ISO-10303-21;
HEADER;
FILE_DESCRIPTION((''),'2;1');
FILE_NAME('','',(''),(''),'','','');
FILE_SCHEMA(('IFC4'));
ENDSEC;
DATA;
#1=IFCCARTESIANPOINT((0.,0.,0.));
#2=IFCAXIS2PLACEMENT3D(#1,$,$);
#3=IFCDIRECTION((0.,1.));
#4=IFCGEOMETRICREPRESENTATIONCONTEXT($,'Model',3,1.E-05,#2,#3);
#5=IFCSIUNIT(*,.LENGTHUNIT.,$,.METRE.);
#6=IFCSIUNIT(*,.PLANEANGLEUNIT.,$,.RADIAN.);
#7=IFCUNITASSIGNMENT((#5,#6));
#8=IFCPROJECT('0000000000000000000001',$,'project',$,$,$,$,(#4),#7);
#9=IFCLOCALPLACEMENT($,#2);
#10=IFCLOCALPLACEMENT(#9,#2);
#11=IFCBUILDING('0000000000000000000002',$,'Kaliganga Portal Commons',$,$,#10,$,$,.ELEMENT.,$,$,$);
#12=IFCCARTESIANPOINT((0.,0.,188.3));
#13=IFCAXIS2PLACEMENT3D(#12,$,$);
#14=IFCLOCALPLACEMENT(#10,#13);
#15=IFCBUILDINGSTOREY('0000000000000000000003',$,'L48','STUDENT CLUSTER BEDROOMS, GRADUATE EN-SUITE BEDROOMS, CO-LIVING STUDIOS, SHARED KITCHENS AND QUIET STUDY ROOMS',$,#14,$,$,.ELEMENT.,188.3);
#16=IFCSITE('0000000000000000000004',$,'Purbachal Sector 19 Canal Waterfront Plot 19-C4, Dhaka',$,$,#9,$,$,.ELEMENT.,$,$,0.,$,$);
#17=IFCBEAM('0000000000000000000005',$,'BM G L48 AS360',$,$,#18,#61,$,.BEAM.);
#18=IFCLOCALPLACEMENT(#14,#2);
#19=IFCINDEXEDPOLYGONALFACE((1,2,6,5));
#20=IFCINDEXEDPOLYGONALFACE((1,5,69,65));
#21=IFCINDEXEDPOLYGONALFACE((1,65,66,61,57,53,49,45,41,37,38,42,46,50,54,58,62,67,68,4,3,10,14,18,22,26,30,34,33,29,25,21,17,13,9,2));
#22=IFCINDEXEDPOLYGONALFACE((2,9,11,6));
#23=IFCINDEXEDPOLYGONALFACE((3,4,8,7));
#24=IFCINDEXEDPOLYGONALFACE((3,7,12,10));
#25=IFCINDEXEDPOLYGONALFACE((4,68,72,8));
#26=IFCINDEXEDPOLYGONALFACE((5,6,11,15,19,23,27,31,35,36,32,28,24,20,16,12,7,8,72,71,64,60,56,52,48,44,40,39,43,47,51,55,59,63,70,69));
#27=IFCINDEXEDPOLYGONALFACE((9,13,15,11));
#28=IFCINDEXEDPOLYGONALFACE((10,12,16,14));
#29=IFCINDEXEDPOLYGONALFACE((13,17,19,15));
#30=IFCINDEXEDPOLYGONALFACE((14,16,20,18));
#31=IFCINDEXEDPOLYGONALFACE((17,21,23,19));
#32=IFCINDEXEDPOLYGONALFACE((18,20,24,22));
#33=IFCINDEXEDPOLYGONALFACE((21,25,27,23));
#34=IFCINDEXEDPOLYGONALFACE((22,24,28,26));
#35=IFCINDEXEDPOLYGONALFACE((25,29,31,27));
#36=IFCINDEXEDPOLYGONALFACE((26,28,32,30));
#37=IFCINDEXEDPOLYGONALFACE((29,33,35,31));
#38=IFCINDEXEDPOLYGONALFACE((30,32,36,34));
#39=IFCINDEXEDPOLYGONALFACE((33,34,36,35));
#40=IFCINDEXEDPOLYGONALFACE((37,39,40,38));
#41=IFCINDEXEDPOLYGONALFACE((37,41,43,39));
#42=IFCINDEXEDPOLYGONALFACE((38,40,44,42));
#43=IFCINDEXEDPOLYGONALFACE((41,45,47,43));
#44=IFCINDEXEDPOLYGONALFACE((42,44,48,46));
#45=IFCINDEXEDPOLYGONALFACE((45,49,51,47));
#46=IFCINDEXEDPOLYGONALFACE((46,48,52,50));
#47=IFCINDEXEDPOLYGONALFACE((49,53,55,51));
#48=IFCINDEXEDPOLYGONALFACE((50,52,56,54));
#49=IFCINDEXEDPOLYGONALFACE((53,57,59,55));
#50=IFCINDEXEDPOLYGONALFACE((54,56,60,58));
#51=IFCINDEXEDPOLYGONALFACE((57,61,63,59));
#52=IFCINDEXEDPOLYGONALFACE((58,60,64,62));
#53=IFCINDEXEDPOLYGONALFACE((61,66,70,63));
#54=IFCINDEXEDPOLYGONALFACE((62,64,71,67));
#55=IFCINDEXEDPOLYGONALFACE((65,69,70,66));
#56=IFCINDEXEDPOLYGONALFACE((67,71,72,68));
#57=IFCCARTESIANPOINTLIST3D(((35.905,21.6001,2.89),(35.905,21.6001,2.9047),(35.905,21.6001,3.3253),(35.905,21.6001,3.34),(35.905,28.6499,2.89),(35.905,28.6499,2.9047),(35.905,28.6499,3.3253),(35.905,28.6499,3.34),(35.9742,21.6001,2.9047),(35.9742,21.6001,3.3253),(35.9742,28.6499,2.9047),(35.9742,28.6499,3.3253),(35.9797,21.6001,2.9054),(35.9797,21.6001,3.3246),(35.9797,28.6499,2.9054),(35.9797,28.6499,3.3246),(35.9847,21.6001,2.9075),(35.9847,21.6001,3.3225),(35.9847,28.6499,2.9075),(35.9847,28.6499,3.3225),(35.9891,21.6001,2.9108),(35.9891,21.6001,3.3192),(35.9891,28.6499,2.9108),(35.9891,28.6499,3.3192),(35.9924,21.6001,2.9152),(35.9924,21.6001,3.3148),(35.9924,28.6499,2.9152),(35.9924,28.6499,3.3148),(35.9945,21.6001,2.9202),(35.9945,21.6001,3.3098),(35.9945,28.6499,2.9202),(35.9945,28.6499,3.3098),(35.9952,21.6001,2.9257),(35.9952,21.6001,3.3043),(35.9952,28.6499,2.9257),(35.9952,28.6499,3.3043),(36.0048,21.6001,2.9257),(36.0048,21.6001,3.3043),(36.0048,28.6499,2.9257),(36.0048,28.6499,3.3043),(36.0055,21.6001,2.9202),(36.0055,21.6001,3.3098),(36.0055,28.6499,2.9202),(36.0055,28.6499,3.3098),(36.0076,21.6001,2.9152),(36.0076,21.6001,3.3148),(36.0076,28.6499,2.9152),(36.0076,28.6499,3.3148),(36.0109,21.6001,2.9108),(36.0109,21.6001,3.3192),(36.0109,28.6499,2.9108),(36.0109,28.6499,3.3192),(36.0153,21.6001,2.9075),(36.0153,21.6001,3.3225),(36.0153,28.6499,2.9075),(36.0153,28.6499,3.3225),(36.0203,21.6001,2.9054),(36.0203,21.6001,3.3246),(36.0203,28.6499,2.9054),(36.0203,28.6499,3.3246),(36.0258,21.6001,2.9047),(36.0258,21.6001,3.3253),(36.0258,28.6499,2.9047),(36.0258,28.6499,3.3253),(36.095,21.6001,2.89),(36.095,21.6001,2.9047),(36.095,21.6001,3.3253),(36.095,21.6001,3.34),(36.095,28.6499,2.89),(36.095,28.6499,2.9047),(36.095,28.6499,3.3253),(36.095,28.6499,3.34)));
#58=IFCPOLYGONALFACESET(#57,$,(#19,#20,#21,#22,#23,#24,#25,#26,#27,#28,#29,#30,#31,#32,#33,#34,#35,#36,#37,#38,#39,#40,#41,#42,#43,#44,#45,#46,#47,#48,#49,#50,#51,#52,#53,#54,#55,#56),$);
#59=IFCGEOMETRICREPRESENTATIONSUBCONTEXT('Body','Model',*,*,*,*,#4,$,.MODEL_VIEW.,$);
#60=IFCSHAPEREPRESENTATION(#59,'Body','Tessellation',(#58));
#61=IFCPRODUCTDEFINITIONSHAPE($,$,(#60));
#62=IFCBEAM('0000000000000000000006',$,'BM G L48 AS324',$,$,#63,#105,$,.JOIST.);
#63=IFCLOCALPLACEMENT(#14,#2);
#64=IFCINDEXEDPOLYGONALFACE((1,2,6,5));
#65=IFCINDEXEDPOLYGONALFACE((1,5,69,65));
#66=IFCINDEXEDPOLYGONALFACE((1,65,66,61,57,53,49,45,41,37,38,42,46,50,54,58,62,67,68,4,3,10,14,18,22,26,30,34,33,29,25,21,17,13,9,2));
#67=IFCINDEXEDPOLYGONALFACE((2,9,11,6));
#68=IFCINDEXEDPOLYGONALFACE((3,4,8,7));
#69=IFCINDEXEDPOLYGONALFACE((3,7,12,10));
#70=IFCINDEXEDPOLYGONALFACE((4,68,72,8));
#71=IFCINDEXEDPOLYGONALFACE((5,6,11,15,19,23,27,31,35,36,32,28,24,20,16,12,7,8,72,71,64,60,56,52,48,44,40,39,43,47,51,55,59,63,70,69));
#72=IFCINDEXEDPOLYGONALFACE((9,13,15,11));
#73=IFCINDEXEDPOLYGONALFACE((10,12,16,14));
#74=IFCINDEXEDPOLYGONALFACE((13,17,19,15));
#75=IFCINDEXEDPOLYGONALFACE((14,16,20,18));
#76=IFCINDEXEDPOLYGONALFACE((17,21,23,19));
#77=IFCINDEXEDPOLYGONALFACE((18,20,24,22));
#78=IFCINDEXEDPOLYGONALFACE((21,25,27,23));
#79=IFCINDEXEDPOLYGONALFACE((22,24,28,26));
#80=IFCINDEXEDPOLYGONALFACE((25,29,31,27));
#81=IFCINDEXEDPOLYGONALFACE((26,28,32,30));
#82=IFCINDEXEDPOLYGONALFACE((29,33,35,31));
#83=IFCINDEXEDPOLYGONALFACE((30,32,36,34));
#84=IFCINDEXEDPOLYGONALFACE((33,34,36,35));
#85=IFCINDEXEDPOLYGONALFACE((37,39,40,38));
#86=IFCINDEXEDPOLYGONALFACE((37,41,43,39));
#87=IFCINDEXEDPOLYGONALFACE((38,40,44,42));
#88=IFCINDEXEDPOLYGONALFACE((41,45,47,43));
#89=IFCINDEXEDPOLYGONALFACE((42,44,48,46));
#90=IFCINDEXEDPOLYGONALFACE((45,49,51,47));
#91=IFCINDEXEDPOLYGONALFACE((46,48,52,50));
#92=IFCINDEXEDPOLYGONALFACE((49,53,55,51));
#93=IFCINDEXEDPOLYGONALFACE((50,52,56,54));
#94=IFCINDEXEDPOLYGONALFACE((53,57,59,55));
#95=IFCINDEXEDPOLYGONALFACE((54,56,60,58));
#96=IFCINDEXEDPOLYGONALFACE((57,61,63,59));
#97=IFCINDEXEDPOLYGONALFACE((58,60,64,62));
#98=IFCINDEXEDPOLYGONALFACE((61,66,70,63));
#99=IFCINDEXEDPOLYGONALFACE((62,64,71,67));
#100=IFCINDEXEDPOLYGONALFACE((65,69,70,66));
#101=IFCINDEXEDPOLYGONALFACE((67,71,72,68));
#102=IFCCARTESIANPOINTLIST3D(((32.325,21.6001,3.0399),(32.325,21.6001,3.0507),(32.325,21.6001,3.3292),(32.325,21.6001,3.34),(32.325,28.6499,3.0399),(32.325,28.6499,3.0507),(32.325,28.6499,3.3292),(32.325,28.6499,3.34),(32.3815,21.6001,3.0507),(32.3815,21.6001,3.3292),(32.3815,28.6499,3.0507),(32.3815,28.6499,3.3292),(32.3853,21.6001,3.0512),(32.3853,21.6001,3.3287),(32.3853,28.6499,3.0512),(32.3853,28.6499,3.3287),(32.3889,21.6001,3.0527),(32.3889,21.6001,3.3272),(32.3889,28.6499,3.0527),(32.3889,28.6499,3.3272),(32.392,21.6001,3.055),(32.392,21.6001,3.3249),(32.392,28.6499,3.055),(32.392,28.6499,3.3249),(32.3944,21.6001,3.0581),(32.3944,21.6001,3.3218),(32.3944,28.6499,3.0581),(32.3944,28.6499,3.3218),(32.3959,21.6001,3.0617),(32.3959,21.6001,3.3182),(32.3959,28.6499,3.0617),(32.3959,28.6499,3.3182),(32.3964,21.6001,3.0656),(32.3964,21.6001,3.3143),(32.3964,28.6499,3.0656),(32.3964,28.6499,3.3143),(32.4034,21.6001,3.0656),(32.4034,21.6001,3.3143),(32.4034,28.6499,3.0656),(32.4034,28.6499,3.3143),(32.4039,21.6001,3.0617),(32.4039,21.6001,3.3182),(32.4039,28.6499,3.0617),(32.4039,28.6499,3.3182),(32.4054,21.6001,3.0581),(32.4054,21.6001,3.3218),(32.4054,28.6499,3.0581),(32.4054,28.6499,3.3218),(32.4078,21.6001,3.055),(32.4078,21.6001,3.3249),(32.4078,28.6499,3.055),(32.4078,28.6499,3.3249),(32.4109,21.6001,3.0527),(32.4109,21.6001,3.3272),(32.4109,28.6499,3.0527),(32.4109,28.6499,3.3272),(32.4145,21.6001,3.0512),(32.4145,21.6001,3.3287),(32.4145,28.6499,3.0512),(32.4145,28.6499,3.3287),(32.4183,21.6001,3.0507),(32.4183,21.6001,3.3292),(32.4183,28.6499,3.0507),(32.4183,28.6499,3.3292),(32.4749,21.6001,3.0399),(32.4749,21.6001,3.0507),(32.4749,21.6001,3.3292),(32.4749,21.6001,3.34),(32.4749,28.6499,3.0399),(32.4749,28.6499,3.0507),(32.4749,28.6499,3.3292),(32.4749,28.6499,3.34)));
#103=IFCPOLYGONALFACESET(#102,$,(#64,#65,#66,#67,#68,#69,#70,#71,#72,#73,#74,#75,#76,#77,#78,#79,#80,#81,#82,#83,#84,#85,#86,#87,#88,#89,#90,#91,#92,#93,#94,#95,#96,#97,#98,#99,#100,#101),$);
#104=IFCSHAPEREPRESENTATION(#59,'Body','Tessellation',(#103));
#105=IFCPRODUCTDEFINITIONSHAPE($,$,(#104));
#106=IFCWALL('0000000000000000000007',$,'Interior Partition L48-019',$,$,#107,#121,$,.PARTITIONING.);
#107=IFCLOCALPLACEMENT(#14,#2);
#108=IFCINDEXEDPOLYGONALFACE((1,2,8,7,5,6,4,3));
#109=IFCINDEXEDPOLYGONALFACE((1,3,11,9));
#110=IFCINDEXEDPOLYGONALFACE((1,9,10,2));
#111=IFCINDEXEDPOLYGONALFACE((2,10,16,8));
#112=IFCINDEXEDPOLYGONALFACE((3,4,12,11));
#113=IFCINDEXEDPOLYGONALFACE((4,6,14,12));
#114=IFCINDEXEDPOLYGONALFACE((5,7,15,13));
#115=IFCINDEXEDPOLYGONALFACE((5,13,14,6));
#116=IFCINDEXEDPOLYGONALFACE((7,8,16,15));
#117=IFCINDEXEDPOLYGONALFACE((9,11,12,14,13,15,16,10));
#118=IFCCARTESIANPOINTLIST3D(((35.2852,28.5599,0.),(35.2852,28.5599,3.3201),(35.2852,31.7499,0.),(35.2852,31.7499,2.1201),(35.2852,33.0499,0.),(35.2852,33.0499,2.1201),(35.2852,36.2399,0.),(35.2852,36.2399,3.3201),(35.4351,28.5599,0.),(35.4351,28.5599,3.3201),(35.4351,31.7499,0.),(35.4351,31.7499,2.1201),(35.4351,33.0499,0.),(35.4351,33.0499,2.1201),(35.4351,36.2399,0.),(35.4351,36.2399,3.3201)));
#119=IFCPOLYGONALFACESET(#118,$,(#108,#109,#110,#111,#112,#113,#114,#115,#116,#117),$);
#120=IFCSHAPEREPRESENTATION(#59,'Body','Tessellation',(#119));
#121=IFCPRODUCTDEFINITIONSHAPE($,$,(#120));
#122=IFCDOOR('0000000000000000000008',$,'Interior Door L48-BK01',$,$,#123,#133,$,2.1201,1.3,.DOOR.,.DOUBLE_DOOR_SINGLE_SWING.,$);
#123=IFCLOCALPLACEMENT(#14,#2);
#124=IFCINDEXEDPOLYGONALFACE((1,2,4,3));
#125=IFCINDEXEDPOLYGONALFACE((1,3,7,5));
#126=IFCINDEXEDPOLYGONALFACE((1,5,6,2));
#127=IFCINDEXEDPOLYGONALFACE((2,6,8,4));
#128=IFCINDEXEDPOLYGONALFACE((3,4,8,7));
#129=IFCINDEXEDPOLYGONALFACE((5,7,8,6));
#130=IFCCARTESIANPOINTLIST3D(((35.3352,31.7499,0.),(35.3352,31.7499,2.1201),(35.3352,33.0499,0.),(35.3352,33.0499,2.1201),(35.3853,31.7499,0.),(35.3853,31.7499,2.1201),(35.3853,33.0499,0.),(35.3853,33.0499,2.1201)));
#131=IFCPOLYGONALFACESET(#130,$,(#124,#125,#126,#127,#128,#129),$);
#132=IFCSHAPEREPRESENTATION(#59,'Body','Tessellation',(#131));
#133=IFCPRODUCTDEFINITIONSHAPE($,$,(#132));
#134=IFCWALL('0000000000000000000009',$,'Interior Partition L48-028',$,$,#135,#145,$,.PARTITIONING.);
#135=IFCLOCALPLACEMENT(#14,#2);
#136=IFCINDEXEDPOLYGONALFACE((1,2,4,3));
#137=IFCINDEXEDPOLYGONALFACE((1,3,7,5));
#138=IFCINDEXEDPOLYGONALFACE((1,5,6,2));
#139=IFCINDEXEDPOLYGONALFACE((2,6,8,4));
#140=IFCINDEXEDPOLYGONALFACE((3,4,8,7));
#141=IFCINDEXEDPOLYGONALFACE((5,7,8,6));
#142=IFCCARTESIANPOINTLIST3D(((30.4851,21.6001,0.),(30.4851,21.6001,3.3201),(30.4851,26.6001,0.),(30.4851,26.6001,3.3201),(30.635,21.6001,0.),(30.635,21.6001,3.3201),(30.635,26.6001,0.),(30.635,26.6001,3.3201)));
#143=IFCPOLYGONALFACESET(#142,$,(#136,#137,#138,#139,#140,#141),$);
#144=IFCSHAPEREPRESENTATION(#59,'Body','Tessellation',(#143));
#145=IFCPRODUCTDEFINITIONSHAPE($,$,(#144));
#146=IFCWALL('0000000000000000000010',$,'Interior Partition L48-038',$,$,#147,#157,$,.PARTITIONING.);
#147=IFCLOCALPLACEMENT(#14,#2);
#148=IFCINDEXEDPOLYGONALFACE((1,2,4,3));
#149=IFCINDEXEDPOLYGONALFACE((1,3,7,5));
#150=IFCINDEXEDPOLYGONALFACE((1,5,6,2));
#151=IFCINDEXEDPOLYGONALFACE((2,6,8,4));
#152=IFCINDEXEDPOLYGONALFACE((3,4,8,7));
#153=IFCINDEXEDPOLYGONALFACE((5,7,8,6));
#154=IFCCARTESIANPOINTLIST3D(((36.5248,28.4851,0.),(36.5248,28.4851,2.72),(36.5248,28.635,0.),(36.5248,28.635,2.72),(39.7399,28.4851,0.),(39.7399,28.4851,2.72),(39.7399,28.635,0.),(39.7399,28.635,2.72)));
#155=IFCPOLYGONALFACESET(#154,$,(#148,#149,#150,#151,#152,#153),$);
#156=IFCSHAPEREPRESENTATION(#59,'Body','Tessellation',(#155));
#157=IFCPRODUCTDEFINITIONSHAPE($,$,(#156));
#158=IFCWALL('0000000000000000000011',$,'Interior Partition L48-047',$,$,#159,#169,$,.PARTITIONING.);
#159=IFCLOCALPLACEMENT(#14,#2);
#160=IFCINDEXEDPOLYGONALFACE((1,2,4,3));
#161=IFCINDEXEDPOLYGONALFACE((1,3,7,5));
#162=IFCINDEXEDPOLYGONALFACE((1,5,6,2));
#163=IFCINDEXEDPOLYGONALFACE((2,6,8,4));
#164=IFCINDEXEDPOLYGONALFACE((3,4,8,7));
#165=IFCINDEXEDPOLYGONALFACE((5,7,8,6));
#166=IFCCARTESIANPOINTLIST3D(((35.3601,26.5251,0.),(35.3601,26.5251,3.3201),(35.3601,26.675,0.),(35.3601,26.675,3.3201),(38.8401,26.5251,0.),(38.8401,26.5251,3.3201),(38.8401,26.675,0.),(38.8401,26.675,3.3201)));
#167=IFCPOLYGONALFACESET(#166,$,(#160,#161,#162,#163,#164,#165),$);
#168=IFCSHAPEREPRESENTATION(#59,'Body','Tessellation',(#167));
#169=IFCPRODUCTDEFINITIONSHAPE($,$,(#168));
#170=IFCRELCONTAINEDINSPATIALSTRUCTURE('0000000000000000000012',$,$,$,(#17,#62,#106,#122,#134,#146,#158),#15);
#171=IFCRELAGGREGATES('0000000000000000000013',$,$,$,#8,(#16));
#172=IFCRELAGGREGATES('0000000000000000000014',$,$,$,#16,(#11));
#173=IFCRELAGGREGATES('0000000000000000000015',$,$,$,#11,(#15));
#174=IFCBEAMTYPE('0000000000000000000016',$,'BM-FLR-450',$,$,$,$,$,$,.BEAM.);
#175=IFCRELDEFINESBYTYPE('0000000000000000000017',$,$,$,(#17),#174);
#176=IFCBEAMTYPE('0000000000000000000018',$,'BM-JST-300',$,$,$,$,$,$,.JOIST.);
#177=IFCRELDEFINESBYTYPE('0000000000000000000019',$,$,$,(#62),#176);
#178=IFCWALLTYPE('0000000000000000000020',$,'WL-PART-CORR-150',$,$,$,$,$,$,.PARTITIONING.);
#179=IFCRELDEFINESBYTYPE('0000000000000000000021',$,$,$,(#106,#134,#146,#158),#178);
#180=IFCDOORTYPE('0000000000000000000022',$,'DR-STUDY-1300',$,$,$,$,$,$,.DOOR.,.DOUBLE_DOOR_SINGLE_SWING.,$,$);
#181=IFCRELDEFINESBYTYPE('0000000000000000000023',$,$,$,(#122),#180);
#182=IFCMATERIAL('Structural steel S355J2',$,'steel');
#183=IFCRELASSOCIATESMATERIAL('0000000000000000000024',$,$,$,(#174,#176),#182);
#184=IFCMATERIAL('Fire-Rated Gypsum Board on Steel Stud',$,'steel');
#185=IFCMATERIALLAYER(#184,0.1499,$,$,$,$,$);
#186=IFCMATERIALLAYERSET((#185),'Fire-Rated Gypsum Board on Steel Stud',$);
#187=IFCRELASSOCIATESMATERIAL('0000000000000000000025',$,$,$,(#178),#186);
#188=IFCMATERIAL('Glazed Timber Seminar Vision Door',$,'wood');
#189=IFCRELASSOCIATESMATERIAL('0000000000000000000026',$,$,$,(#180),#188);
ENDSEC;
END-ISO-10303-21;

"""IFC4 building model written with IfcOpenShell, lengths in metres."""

from ifc_helpers import new_model, si_unit, direction, frame, frame_2d, origin, origin_2d, place, context, subcontext, project, spatial, rectangle, i_section, extrude, source, transform, mapped, material, layer, layer_set, material_profile, profile_set, type_object, element, fill, save


model = new_model("IFC4")

# Units and contexts
model_context = context("Model", 3, precision=1e-05, world=origin(), true_north=direction((0.0, 1.0)))
body_context = subcontext(model_context, "Body", "Model", "MODEL_VIEW")
ifc_project = project(units=[si_unit("LENGTHUNIT", "METRE"), si_unit("PLANEANGLEUNIT", "RADIAN")], contexts=[model_context])

# Site, building, storey
site_placement = place(None, origin())
site = spatial("IfcSite", under=ifc_project, at=site_placement, Name="Purbachal Sector 19 Canal Waterfront Plot 19-C4, Dhaka", CompositionType="ELEMENT", RefElevation=0.0)
building_placement = place(site_placement, origin())
building = spatial("IfcBuilding", under=site, at=building_placement, Name="Kaliganga Portal Commons", CompositionType="ELEMENT")
storey_placement = place(building_placement, frame((0.0, 0.0, 188.3)))
storey = spatial("IfcBuildingStorey", under=building, at=storey_placement, Name="L48", Description="STUDENT CLUSTER BEDROOMS, GRADUATE EN-SUITE BEDROOMS, CO-LIVING STUDIOS, SHARED KITCHENS AND QUIET STUDY ROOMS", CompositionType="ELEMENT", Elevation=188.3)

# Beams
ifc_material_1 = material(Name="Structural steel S355J2", Category="steel")
ifc_material_profile_1 = material_profile(ifc_material_1, i_section(OverallWidth=0.1899, OverallDepth=0.45, WebThickness=0.0095, FlangeThickness=0.0146, FilletRadius=0.021, at=origin_2d()), Name="IPE 450")
ifc_profile_set_1 = profile_set([ifc_material_profile_1], Name="Structural steel S355J2 wide-flange")
beam_type_1 = type_object("IfcBeamType", Name="BM-FLR-450", PredefinedType="BEAM", material=ifc_profile_set_1)
shared_shape_1 = source(origin(), body_context, "Body", "SweptSolid", [
    extrude(i_section(OverallWidth=0.1899, OverallDepth=0.45, WebThickness=0.0095, FlangeThickness=0.0146, FilletRadius=0.021, at=origin_2d()), origin(), (0.0, 0.0, 1.0), 7.0498),
])
beam_1_placement = place(storey_placement, frame((36.0, 21.6001, 3.115), z_axis=(0.0, 1.0, 0.0), x_axis=(-1.0, 0.0, 0.0)))
element("IfcBeam", 1, at=beam_1_placement, inside=storey, type_object=beam_type_1, Name="BM G L48 AS360", PredefinedType="BEAM", context=body_context, shape_type="MappedRepresentation", body=[
    mapped(shared_shape_1, transform((0.0, 0.0, 0.0), x_axis=(1.0, 0.0, 0.0), y_axis=(0.0, 1.0, 0.0), z_axis=(0.0, 0.0, 1.0), scale=1.0)),
])
ifc_material_profile_2 = material_profile(ifc_material_1, i_section(OverallWidth=0.1499, OverallDepth=0.3, WebThickness=0.0071, FlangeThickness=0.0107, FilletRadius=0.0149, at=origin_2d()), Name="IPE 300")
ifc_profile_set_2 = profile_set([ifc_material_profile_2], Name="Structural steel S355J2 wide-flange")
beam_type_2 = type_object("IfcBeamType", Name="BM-JST-300", PredefinedType="JOIST", material=ifc_profile_set_2)
shared_shape_2 = source(origin(), body_context, "Body", "SweptSolid", [
    extrude(i_section(OverallWidth=0.1499, OverallDepth=0.3, WebThickness=0.0071, FlangeThickness=0.0107, FilletRadius=0.0149, at=origin_2d()), origin(), (0.0, 0.0, 1.0), 7.0498),
])
beam_2_placement = place(storey_placement, frame((32.3999, 21.6001, 3.1899), z_axis=(0.0, 1.0, 0.0), x_axis=(-1.0, 0.0, 0.0)))
element("IfcBeam", 2, at=beam_2_placement, inside=storey, type_object=beam_type_2, Name="BM G L48 AS324", PredefinedType="JOIST", context=body_context, shape_type="MappedRepresentation", body=[
    mapped(shared_shape_2, transform((0.0, 0.0, 0.0), x_axis=(1.0, 0.0, 0.0), y_axis=(0.0, 1.0, 0.0), z_axis=(0.0, 0.0, 1.0), scale=1.0)),
])

# Wall, opening, door
ifc_material_2 = material(Name="Fire-Rated Gypsum Board on Steel Stud", Category="steel")
ifc_layer = layer(ifc_material_2, 0.1499)
ifc_layer_set = layer_set([ifc_layer], Name="Fire-Rated Gypsum Board on Steel Stud")
wall_type = type_object("IfcWallType", Name="WL-PART-CORR-150", PredefinedType="PARTITIONING", material=ifc_layer_set)
wall_1_placement = place(storey_placement, frame((35.3601, 28.5601, 0.0), z_axis=(0.0, 0.0, 1.0), x_axis=(0.0, 1.0, 0.0)))
wall_1 = element("IfcWall", 3, at=wall_1_placement, inside=storey, type_object=wall_type, Name="Interior Partition L48-019", PredefinedType="PARTITIONING", context=body_context, shape_type="SweptSolid", body=[
    extrude(rectangle(XDim=7.6799, YDim=0.1499, at=frame_2d((3.8398, 0.0))), origin(), (0.0, 0.0, 1.0), 3.3201),
])
opening_1_placement = place(wall_1_placement, frame((3.1899, 0.0, 0.0)))
opening_1 = element("IfcOpeningElement", 4, at=opening_1_placement, cuts=wall_1, PredefinedType="OPENING", context=body_context, shape_type="SweptSolid", body=[
    extrude(rectangle(XDim=1.3, YDim=2.1201, at=frame_2d((0.6499, 1.0601))), frame((0.0, 0.085, 0.0), z_axis=(0.0, -1.0, 0.0), x_axis=(1.0, 0.0, 0.0)), (0.0, 0.0, 1.0), 0.1699),
])
ifc_material_3 = material(Name="Glazed Timber Seminar Vision Door", Category="wood")
door_type_1 = type_object("IfcDoorType", Name="DR-STUDY-1300", OperationType="DOUBLE_DOOR_SINGLE_SWING", PredefinedType="DOOR", material=ifc_material_3)
door_1_placement = place(opening_1_placement, origin())
door_1 = element("IfcDoor", 5, at=door_1_placement, inside=storey, type_object=door_type_1, Name="Interior Door L48-BK01", OperationType="DOUBLE_DOOR_SINGLE_SWING", OverallHeight=2.1201, OverallWidth=1.3, PredefinedType="DOOR", context=body_context, shape_type="SweptSolid", body=[
    extrude(rectangle(XDim=1.3, YDim=2.1201, at=frame_2d((0.6499, 1.0601))), frame((0.0, 0.0249, 0.0), z_axis=(0.0, -1.0, 0.0), x_axis=(1.0, 0.0, 0.0)), (0.0, 0.0, 1.0), 0.05),
])
fill(opening_1, door_1)

# Walls
wall_2_placement = place(storey_placement, frame((30.5601, 21.6001, 0.0), z_axis=(0.0, 0.0, 1.0), x_axis=(0.0, 1.0, 0.0)))
element("IfcWall", 6, at=wall_2_placement, inside=storey, type_object=wall_type, Name="Interior Partition L48-028", PredefinedType="PARTITIONING", context=body_context, shape_type="SweptSolid", body=[
    extrude(rectangle(XDim=5.0, YDim=0.1499, at=frame_2d((2.5, 0.0))), origin(), (0.0, 0.0, 1.0), 3.3201),
])
wall_3_placement = place(storey_placement, frame((36.5249, 28.5601, 0.0), z_axis=(0.0, 0.0, 1.0), x_axis=(1.0, 0.0, 0.0)))
element("IfcWall", 7, at=wall_3_placement, inside=storey, type_object=wall_type, Name="Interior Partition L48-038", PredefinedType="PARTITIONING", context=body_context, shape_type="SweptSolid", body=[
    extrude(rectangle(XDim=3.2151, YDim=0.1499, at=frame_2d((1.6074, 0.0))), origin(), (0.0, 0.0, 1.0), 2.72),
])
wall_4_placement = place(storey_placement, frame((35.3601, 26.6001, 0.0), z_axis=(0.0, 0.0, 1.0), x_axis=(1.0, 0.0, 0.0)))
element("IfcWall", 8, at=wall_4_placement, inside=storey, type_object=wall_type, Name="Interior Partition L48-047", PredefinedType="PARTITIONING", context=body_context, shape_type="SweptSolid", body=[
    extrude(rectangle(XDim=3.48, YDim=0.1499, at=frame_2d((1.74, 0.0))), origin(), (0.0, 0.0, 1.0), 3.3201),
])

save(model, "model.ifc")
